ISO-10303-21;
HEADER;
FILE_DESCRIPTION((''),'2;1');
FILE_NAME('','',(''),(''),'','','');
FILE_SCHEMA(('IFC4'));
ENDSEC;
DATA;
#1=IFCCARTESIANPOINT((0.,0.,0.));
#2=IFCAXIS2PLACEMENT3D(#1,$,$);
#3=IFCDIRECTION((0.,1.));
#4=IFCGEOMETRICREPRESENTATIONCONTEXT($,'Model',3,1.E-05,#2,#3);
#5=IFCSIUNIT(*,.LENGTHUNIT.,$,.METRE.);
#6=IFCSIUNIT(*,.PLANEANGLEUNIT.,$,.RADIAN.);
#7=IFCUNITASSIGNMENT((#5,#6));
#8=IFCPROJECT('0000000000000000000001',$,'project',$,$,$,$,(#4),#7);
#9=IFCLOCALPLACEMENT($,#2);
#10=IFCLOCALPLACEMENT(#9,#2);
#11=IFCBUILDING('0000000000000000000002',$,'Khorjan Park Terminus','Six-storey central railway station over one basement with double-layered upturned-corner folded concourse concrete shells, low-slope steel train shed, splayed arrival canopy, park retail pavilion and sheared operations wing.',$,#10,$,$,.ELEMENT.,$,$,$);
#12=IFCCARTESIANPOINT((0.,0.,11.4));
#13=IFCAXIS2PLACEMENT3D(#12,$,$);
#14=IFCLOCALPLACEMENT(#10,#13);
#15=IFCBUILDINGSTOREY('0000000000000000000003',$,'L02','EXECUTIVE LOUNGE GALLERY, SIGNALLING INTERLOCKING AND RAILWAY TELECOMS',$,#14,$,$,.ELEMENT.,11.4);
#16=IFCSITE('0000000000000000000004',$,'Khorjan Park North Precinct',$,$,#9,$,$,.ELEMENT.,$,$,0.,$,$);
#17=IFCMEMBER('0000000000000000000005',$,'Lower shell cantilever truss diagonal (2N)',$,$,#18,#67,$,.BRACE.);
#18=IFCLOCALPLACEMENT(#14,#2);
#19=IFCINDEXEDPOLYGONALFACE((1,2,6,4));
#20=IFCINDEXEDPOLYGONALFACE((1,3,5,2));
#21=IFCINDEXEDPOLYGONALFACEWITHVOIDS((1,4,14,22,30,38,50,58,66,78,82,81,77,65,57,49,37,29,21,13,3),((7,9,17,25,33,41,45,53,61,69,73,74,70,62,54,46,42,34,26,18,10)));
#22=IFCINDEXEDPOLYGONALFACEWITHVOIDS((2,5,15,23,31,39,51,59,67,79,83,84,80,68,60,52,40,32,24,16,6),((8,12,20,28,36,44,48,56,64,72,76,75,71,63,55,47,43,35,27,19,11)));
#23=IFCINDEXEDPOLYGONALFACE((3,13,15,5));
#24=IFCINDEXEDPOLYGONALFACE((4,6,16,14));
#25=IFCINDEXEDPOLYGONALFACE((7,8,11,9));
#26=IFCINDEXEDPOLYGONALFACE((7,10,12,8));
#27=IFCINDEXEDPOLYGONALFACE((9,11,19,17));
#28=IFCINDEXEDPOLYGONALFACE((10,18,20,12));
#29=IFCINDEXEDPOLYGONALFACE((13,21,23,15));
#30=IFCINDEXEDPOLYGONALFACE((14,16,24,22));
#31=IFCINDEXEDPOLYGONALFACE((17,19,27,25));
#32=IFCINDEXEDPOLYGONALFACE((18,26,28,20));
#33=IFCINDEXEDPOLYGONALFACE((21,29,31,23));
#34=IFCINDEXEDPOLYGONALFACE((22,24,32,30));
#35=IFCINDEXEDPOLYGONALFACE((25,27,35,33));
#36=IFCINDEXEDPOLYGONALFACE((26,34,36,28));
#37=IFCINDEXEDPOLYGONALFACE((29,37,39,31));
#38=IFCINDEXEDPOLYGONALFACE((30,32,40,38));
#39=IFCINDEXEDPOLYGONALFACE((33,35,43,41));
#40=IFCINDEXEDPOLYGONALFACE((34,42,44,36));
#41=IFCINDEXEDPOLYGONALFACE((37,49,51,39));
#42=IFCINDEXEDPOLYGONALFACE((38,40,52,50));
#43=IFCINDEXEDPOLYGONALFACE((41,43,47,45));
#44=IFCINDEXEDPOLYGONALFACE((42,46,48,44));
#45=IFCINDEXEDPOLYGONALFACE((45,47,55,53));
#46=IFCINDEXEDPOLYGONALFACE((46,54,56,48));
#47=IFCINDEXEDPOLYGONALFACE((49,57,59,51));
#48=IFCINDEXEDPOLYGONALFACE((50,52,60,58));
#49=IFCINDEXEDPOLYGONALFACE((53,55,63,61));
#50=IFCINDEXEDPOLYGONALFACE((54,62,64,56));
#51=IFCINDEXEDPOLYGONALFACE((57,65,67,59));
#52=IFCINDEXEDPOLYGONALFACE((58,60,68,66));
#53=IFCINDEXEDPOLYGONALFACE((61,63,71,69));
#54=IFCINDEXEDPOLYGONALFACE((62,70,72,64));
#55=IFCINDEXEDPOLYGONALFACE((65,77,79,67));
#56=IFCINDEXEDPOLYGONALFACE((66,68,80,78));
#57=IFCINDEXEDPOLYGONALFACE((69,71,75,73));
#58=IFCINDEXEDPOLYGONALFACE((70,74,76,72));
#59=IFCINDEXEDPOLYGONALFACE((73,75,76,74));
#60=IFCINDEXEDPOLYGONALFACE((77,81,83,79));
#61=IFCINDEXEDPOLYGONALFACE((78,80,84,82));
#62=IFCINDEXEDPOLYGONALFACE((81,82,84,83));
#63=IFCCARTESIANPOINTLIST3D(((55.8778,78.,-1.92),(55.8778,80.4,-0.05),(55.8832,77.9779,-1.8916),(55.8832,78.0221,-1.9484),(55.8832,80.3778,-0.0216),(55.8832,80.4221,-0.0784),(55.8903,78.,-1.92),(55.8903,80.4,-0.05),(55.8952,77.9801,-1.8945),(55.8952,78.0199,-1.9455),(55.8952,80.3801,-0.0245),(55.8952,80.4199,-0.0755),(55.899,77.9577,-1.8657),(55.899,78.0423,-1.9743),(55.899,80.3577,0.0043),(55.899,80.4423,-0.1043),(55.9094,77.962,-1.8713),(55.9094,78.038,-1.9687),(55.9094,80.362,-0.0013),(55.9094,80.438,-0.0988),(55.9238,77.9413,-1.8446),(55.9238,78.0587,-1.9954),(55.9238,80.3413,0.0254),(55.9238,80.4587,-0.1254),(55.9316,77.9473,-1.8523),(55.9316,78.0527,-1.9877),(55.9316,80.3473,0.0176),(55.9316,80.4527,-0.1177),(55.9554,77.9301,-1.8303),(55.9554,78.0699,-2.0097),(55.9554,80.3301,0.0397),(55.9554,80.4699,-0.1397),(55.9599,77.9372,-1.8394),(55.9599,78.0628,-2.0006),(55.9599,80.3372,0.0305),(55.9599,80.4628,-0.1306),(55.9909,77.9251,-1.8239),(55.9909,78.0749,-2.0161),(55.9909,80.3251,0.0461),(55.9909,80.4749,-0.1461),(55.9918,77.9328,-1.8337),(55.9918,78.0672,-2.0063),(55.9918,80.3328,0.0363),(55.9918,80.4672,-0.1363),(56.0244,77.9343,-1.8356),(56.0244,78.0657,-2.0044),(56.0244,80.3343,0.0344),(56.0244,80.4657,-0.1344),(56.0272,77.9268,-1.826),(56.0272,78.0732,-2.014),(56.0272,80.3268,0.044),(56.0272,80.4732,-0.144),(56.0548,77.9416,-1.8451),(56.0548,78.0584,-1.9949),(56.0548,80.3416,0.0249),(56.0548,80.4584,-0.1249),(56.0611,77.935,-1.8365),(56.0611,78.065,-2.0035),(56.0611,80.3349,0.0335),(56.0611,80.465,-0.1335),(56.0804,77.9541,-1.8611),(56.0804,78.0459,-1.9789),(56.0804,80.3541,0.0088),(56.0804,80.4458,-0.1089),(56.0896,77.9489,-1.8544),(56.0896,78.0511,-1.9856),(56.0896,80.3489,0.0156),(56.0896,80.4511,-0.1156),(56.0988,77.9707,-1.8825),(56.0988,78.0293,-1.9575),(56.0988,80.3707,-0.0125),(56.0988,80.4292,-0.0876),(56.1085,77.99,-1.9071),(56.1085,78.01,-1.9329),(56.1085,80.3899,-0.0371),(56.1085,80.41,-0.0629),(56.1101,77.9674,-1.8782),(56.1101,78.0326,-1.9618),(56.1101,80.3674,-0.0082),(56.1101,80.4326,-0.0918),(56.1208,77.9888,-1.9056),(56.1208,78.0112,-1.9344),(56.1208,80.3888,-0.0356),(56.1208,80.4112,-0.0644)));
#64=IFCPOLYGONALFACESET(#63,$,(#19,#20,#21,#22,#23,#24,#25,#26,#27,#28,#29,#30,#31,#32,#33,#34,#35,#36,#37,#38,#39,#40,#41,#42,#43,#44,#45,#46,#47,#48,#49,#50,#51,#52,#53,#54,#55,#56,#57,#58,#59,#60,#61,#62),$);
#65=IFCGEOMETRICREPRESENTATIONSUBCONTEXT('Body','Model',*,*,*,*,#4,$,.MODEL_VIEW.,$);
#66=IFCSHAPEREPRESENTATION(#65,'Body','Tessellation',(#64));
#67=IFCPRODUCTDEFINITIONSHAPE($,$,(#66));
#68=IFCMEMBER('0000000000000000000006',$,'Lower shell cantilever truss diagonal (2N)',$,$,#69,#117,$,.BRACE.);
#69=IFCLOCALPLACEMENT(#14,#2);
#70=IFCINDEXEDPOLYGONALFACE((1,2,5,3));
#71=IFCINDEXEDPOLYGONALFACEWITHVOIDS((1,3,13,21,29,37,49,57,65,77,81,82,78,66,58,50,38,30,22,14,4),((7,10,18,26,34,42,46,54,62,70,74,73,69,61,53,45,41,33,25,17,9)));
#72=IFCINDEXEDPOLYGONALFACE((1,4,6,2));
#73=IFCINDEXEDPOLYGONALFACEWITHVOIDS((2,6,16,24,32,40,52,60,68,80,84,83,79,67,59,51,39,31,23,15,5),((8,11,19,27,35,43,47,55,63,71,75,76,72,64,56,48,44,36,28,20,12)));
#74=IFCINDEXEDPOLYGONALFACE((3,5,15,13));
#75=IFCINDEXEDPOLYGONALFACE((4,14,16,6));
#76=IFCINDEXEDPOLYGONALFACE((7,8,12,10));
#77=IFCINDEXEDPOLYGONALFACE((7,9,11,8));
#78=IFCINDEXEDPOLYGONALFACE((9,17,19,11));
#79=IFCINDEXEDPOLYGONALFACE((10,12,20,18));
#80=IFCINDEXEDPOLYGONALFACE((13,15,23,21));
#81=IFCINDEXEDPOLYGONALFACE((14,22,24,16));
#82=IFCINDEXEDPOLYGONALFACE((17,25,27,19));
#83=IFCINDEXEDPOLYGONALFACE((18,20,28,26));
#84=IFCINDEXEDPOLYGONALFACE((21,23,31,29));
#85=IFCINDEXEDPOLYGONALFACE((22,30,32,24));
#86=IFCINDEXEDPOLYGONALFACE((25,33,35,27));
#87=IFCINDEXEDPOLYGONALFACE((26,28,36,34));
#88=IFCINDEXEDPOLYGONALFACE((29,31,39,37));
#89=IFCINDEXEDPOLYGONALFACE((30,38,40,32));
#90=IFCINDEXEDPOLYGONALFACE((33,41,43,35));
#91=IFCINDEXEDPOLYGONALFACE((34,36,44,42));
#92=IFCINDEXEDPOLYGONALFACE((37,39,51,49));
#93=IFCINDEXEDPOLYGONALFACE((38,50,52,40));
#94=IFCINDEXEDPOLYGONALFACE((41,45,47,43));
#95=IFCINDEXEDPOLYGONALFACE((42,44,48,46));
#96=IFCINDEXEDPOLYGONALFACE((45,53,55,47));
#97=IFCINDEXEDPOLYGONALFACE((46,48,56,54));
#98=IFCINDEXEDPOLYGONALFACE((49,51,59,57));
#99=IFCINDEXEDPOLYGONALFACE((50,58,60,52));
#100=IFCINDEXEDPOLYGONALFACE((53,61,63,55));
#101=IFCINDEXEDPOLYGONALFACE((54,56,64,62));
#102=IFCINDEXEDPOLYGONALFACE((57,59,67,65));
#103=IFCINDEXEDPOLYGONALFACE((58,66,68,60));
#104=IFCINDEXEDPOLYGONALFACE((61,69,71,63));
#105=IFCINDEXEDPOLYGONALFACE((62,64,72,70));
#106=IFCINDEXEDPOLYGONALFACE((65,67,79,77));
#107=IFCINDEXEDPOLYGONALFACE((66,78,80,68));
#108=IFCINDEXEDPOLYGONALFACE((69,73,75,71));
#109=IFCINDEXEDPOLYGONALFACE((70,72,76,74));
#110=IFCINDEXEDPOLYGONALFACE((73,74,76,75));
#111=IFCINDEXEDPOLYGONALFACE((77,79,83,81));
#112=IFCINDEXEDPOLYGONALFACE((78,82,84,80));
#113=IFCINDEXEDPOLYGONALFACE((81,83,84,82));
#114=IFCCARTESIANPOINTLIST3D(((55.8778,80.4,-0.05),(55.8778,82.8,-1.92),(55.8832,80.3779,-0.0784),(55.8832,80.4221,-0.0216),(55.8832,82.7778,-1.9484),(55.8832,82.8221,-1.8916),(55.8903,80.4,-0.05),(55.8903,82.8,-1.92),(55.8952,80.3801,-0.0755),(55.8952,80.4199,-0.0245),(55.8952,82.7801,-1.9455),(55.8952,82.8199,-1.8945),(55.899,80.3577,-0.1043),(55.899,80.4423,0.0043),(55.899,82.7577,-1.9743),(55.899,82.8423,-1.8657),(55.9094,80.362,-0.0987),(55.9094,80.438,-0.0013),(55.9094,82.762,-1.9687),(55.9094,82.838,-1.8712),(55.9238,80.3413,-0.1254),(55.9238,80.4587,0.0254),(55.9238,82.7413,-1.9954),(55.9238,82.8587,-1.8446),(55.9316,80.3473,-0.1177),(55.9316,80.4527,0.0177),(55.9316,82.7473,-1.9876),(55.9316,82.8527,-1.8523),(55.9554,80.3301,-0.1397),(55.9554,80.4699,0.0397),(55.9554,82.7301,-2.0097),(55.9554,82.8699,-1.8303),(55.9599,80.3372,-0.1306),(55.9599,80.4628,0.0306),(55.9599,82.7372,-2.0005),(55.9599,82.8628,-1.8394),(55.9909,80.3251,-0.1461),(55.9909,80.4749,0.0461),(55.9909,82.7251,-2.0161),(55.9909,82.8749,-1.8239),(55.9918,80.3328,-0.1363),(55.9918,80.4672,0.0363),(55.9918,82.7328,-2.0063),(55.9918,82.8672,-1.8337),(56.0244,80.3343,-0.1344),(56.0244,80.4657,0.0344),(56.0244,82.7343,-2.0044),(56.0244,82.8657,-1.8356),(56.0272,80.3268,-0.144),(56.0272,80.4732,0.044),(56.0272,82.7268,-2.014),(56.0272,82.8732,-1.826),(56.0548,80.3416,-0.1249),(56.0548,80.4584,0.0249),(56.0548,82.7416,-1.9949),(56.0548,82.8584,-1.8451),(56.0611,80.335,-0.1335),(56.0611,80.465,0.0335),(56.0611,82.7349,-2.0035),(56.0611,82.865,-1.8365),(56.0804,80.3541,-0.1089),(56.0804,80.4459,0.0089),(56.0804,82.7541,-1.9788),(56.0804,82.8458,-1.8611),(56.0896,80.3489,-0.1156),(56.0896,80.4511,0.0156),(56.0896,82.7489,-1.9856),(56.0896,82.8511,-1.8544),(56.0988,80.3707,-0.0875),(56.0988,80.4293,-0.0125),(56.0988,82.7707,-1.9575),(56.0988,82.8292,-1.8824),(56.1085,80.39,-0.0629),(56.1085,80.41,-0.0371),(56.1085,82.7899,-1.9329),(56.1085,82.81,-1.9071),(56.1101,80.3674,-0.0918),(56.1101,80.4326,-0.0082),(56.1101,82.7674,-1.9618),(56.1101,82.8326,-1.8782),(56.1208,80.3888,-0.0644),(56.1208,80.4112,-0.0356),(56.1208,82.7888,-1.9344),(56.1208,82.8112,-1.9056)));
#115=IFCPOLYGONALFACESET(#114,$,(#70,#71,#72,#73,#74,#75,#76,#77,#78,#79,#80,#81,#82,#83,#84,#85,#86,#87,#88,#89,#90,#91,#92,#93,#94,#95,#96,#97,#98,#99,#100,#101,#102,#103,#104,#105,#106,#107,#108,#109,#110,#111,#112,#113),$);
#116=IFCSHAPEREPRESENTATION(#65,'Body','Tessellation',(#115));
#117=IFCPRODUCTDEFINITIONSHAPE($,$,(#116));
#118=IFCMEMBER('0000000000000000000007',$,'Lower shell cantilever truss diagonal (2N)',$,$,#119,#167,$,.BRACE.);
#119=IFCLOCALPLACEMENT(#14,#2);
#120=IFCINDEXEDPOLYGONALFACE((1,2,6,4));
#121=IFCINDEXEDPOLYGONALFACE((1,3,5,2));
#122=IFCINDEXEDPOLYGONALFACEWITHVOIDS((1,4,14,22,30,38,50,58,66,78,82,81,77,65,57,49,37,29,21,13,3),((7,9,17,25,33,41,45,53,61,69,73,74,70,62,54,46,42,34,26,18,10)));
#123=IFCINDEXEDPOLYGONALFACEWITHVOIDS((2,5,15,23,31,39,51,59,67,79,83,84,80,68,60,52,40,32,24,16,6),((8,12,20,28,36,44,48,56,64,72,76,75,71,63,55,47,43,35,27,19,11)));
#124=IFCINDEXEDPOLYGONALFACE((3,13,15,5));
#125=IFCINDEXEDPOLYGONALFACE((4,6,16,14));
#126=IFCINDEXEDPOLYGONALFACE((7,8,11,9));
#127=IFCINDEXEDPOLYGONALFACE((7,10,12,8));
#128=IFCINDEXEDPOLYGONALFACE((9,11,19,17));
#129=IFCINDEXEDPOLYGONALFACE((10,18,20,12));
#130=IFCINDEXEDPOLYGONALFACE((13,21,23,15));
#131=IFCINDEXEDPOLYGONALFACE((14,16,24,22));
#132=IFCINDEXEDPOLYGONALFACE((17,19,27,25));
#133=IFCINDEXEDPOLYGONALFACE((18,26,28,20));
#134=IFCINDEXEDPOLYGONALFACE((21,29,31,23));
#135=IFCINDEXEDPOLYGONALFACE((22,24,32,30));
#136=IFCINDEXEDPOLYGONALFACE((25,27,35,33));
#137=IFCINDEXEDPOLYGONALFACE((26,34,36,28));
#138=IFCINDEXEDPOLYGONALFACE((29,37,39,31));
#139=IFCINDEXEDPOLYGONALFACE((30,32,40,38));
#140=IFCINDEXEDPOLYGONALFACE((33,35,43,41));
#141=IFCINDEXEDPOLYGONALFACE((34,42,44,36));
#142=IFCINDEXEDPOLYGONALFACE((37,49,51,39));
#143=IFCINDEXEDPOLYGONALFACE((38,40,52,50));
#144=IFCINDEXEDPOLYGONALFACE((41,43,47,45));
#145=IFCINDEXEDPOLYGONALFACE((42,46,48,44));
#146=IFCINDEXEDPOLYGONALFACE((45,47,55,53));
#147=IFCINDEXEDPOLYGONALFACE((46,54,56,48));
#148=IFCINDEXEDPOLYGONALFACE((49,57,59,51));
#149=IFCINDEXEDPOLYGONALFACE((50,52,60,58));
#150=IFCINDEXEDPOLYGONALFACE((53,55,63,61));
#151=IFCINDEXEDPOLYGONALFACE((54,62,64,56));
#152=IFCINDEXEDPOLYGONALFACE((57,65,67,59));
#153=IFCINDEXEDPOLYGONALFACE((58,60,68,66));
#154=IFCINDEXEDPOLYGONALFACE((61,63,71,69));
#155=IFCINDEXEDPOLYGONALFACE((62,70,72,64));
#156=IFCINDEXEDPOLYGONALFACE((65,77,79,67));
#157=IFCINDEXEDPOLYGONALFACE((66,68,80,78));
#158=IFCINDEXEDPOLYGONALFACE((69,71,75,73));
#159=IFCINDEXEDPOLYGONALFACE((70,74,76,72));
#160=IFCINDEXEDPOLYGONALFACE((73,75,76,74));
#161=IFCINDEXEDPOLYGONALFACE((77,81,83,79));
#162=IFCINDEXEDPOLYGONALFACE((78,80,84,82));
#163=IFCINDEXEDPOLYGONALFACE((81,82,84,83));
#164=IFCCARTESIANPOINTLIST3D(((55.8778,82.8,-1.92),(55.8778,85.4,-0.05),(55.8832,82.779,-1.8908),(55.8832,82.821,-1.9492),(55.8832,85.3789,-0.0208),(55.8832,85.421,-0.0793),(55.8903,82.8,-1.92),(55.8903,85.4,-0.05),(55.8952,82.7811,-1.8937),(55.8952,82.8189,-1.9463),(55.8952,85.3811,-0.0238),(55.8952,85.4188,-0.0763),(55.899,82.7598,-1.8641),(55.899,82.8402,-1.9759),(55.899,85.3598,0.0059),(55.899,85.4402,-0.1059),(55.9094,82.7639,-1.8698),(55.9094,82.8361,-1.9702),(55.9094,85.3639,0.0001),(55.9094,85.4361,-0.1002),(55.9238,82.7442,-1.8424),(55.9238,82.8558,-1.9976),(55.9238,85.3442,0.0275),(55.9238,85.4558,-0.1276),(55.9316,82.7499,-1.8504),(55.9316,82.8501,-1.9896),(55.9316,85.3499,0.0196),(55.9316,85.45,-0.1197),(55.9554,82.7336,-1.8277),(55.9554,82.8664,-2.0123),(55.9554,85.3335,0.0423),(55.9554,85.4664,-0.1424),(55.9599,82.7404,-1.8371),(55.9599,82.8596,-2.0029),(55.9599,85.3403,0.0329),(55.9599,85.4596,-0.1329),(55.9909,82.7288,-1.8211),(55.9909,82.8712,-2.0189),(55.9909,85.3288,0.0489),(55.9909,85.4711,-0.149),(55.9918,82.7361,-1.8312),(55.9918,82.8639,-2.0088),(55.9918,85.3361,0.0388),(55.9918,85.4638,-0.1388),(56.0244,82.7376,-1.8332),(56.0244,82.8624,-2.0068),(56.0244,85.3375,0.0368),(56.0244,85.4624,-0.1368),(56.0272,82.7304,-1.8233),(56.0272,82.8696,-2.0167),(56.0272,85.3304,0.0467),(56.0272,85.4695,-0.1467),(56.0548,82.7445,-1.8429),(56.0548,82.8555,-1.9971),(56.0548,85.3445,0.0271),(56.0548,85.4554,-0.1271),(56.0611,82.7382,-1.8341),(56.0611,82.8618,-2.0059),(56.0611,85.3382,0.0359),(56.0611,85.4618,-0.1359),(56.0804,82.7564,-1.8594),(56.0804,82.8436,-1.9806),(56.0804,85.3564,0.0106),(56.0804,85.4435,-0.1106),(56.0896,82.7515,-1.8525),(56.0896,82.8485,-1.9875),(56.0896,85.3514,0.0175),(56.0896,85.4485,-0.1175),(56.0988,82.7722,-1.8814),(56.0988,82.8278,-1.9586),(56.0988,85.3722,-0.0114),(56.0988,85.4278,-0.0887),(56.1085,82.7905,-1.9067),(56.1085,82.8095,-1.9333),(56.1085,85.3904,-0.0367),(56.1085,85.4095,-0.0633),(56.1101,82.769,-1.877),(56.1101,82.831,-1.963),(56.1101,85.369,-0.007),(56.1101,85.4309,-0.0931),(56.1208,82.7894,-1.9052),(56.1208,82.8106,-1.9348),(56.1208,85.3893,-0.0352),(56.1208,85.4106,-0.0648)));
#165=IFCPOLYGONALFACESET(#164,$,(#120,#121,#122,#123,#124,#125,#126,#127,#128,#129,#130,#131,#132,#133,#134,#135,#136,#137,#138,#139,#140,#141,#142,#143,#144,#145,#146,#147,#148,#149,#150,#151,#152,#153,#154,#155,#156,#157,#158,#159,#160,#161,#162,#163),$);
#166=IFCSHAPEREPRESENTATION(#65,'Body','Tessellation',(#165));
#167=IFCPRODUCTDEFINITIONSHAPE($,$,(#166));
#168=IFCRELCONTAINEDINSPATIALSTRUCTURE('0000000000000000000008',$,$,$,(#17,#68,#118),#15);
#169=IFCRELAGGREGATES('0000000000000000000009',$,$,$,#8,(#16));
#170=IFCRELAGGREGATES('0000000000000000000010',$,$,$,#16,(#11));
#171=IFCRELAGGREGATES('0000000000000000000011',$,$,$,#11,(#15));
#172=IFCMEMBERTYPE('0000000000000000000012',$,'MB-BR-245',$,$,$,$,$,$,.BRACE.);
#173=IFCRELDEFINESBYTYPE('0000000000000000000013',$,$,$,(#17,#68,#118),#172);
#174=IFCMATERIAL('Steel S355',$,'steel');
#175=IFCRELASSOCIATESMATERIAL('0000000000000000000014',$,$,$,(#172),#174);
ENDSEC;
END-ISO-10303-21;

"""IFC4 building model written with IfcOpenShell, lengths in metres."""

from ifc_helpers import new_model, si_unit, direction, frame, origin, origin_2d, place, context, subcontext, project, spatial, hollow_circle, extrude, material, material_profile, profile_set, type_object, element, save


model = new_model("IFC4")

# Units and contexts
model_context = context("Model", 3, precision=1e-05, world=origin(), true_north=direction((0.0, 1.0)))
body_context = subcontext(model_context, "Body", "Model", "MODEL_VIEW")
ifc_project = project(units=[si_unit("LENGTHUNIT", "METRE"), si_unit("PLANEANGLEUNIT", "RADIAN")], contexts=[model_context])

# Site, building, storey
site_placement = place(None, origin())
site = spatial("IfcSite", under=ifc_project, at=site_placement, Name="Khorjan Park North Precinct", CompositionType="ELEMENT", RefElevation=0.0)
building_placement = place(site_placement, origin())
building = spatial("IfcBuilding", under=site, at=building_placement, Name="Khorjan Park Terminus", Description="Six-storey central railway station over one basement with double-layered upturned-corner folded concourse concrete shells, low-slope steel train shed, splayed arrival canopy, park retail pavilion and sheared operations wing.", CompositionType="ELEMENT")
storey_placement = place(building_placement, frame((0.0, 0.0, 11.4)))
storey = spatial("IfcBuildingStorey", under=building, at=storey_placement, Name="L02", Description="EXECUTIVE LOUNGE GALLERY, SIGNALLING INTERLOCKING AND RAILWAY TELECOMS", CompositionType="ELEMENT", Elevation=11.4)

# Members
ifc_material_1 = material(Name="Steel S355", Category="steel")
ifc_material_profile_1 = material_profile(ifc_material_1, hollow_circle(Radius=0.1222, WallThickness=0.0125, at=origin_2d()), Name="CHS 244.5x12.5")
ifc_profile_set_1 = profile_set([ifc_material_profile_1], Name="Steel S355")
member_type_1 = type_object("IfcMemberType", Name="MB-BR-245", PredefinedType="BRACE", material=ifc_profile_set_1)
for number, where, z_axis, x_axis, name in (
    (1, (56.0, 78.0, -1.92), (0.0, 0.788821, 0.614623), (-1.0, 0.0, 0.0), "Lower shell cantilever truss diagonal (2N)"),
    (2, (56.0, 80.4, -0.05), (0.0, 0.788821, -0.614623), (-1.0, 0.0, 0.0), "Lower shell cantilever truss diagonal (2N)"),
):
    element("IfcMember", number, at=place(storey_placement, frame(where, z_axis=z_axis, x_axis=x_axis)), inside=storey, type_object=member_type_1, Name=name, PredefinedType="BRACE", context=body_context, shape_type="SweptSolid", body=[
        extrude(hollow_circle(Radius=0.1222, WallThickness=0.0125, at=origin_2d()), origin(), (0.0, 0.0, 1.0), 3.0425),
    ])
for number, where, z_axis, x_axis, name in (
    (3, (56.0, 82.8, -1.92), (0.0, 0.81183, 0.583893), (-1.0, 0.0, 0.0), "Lower shell cantilever truss diagonal (2N)"),
):
    element("IfcMember", number, at=place(storey_placement, frame(where, z_axis=z_axis, x_axis=x_axis)), inside=storey, type_object=member_type_1, Name=name, PredefinedType="BRACE", context=body_context, shape_type="SweptSolid", body=[
        extrude(hollow_circle(Radius=0.1222, WallThickness=0.0125, at=origin_2d()), origin(), (0.0, 0.0, 1.0), 3.2026),
    ])

save(model, "model.ifc")
